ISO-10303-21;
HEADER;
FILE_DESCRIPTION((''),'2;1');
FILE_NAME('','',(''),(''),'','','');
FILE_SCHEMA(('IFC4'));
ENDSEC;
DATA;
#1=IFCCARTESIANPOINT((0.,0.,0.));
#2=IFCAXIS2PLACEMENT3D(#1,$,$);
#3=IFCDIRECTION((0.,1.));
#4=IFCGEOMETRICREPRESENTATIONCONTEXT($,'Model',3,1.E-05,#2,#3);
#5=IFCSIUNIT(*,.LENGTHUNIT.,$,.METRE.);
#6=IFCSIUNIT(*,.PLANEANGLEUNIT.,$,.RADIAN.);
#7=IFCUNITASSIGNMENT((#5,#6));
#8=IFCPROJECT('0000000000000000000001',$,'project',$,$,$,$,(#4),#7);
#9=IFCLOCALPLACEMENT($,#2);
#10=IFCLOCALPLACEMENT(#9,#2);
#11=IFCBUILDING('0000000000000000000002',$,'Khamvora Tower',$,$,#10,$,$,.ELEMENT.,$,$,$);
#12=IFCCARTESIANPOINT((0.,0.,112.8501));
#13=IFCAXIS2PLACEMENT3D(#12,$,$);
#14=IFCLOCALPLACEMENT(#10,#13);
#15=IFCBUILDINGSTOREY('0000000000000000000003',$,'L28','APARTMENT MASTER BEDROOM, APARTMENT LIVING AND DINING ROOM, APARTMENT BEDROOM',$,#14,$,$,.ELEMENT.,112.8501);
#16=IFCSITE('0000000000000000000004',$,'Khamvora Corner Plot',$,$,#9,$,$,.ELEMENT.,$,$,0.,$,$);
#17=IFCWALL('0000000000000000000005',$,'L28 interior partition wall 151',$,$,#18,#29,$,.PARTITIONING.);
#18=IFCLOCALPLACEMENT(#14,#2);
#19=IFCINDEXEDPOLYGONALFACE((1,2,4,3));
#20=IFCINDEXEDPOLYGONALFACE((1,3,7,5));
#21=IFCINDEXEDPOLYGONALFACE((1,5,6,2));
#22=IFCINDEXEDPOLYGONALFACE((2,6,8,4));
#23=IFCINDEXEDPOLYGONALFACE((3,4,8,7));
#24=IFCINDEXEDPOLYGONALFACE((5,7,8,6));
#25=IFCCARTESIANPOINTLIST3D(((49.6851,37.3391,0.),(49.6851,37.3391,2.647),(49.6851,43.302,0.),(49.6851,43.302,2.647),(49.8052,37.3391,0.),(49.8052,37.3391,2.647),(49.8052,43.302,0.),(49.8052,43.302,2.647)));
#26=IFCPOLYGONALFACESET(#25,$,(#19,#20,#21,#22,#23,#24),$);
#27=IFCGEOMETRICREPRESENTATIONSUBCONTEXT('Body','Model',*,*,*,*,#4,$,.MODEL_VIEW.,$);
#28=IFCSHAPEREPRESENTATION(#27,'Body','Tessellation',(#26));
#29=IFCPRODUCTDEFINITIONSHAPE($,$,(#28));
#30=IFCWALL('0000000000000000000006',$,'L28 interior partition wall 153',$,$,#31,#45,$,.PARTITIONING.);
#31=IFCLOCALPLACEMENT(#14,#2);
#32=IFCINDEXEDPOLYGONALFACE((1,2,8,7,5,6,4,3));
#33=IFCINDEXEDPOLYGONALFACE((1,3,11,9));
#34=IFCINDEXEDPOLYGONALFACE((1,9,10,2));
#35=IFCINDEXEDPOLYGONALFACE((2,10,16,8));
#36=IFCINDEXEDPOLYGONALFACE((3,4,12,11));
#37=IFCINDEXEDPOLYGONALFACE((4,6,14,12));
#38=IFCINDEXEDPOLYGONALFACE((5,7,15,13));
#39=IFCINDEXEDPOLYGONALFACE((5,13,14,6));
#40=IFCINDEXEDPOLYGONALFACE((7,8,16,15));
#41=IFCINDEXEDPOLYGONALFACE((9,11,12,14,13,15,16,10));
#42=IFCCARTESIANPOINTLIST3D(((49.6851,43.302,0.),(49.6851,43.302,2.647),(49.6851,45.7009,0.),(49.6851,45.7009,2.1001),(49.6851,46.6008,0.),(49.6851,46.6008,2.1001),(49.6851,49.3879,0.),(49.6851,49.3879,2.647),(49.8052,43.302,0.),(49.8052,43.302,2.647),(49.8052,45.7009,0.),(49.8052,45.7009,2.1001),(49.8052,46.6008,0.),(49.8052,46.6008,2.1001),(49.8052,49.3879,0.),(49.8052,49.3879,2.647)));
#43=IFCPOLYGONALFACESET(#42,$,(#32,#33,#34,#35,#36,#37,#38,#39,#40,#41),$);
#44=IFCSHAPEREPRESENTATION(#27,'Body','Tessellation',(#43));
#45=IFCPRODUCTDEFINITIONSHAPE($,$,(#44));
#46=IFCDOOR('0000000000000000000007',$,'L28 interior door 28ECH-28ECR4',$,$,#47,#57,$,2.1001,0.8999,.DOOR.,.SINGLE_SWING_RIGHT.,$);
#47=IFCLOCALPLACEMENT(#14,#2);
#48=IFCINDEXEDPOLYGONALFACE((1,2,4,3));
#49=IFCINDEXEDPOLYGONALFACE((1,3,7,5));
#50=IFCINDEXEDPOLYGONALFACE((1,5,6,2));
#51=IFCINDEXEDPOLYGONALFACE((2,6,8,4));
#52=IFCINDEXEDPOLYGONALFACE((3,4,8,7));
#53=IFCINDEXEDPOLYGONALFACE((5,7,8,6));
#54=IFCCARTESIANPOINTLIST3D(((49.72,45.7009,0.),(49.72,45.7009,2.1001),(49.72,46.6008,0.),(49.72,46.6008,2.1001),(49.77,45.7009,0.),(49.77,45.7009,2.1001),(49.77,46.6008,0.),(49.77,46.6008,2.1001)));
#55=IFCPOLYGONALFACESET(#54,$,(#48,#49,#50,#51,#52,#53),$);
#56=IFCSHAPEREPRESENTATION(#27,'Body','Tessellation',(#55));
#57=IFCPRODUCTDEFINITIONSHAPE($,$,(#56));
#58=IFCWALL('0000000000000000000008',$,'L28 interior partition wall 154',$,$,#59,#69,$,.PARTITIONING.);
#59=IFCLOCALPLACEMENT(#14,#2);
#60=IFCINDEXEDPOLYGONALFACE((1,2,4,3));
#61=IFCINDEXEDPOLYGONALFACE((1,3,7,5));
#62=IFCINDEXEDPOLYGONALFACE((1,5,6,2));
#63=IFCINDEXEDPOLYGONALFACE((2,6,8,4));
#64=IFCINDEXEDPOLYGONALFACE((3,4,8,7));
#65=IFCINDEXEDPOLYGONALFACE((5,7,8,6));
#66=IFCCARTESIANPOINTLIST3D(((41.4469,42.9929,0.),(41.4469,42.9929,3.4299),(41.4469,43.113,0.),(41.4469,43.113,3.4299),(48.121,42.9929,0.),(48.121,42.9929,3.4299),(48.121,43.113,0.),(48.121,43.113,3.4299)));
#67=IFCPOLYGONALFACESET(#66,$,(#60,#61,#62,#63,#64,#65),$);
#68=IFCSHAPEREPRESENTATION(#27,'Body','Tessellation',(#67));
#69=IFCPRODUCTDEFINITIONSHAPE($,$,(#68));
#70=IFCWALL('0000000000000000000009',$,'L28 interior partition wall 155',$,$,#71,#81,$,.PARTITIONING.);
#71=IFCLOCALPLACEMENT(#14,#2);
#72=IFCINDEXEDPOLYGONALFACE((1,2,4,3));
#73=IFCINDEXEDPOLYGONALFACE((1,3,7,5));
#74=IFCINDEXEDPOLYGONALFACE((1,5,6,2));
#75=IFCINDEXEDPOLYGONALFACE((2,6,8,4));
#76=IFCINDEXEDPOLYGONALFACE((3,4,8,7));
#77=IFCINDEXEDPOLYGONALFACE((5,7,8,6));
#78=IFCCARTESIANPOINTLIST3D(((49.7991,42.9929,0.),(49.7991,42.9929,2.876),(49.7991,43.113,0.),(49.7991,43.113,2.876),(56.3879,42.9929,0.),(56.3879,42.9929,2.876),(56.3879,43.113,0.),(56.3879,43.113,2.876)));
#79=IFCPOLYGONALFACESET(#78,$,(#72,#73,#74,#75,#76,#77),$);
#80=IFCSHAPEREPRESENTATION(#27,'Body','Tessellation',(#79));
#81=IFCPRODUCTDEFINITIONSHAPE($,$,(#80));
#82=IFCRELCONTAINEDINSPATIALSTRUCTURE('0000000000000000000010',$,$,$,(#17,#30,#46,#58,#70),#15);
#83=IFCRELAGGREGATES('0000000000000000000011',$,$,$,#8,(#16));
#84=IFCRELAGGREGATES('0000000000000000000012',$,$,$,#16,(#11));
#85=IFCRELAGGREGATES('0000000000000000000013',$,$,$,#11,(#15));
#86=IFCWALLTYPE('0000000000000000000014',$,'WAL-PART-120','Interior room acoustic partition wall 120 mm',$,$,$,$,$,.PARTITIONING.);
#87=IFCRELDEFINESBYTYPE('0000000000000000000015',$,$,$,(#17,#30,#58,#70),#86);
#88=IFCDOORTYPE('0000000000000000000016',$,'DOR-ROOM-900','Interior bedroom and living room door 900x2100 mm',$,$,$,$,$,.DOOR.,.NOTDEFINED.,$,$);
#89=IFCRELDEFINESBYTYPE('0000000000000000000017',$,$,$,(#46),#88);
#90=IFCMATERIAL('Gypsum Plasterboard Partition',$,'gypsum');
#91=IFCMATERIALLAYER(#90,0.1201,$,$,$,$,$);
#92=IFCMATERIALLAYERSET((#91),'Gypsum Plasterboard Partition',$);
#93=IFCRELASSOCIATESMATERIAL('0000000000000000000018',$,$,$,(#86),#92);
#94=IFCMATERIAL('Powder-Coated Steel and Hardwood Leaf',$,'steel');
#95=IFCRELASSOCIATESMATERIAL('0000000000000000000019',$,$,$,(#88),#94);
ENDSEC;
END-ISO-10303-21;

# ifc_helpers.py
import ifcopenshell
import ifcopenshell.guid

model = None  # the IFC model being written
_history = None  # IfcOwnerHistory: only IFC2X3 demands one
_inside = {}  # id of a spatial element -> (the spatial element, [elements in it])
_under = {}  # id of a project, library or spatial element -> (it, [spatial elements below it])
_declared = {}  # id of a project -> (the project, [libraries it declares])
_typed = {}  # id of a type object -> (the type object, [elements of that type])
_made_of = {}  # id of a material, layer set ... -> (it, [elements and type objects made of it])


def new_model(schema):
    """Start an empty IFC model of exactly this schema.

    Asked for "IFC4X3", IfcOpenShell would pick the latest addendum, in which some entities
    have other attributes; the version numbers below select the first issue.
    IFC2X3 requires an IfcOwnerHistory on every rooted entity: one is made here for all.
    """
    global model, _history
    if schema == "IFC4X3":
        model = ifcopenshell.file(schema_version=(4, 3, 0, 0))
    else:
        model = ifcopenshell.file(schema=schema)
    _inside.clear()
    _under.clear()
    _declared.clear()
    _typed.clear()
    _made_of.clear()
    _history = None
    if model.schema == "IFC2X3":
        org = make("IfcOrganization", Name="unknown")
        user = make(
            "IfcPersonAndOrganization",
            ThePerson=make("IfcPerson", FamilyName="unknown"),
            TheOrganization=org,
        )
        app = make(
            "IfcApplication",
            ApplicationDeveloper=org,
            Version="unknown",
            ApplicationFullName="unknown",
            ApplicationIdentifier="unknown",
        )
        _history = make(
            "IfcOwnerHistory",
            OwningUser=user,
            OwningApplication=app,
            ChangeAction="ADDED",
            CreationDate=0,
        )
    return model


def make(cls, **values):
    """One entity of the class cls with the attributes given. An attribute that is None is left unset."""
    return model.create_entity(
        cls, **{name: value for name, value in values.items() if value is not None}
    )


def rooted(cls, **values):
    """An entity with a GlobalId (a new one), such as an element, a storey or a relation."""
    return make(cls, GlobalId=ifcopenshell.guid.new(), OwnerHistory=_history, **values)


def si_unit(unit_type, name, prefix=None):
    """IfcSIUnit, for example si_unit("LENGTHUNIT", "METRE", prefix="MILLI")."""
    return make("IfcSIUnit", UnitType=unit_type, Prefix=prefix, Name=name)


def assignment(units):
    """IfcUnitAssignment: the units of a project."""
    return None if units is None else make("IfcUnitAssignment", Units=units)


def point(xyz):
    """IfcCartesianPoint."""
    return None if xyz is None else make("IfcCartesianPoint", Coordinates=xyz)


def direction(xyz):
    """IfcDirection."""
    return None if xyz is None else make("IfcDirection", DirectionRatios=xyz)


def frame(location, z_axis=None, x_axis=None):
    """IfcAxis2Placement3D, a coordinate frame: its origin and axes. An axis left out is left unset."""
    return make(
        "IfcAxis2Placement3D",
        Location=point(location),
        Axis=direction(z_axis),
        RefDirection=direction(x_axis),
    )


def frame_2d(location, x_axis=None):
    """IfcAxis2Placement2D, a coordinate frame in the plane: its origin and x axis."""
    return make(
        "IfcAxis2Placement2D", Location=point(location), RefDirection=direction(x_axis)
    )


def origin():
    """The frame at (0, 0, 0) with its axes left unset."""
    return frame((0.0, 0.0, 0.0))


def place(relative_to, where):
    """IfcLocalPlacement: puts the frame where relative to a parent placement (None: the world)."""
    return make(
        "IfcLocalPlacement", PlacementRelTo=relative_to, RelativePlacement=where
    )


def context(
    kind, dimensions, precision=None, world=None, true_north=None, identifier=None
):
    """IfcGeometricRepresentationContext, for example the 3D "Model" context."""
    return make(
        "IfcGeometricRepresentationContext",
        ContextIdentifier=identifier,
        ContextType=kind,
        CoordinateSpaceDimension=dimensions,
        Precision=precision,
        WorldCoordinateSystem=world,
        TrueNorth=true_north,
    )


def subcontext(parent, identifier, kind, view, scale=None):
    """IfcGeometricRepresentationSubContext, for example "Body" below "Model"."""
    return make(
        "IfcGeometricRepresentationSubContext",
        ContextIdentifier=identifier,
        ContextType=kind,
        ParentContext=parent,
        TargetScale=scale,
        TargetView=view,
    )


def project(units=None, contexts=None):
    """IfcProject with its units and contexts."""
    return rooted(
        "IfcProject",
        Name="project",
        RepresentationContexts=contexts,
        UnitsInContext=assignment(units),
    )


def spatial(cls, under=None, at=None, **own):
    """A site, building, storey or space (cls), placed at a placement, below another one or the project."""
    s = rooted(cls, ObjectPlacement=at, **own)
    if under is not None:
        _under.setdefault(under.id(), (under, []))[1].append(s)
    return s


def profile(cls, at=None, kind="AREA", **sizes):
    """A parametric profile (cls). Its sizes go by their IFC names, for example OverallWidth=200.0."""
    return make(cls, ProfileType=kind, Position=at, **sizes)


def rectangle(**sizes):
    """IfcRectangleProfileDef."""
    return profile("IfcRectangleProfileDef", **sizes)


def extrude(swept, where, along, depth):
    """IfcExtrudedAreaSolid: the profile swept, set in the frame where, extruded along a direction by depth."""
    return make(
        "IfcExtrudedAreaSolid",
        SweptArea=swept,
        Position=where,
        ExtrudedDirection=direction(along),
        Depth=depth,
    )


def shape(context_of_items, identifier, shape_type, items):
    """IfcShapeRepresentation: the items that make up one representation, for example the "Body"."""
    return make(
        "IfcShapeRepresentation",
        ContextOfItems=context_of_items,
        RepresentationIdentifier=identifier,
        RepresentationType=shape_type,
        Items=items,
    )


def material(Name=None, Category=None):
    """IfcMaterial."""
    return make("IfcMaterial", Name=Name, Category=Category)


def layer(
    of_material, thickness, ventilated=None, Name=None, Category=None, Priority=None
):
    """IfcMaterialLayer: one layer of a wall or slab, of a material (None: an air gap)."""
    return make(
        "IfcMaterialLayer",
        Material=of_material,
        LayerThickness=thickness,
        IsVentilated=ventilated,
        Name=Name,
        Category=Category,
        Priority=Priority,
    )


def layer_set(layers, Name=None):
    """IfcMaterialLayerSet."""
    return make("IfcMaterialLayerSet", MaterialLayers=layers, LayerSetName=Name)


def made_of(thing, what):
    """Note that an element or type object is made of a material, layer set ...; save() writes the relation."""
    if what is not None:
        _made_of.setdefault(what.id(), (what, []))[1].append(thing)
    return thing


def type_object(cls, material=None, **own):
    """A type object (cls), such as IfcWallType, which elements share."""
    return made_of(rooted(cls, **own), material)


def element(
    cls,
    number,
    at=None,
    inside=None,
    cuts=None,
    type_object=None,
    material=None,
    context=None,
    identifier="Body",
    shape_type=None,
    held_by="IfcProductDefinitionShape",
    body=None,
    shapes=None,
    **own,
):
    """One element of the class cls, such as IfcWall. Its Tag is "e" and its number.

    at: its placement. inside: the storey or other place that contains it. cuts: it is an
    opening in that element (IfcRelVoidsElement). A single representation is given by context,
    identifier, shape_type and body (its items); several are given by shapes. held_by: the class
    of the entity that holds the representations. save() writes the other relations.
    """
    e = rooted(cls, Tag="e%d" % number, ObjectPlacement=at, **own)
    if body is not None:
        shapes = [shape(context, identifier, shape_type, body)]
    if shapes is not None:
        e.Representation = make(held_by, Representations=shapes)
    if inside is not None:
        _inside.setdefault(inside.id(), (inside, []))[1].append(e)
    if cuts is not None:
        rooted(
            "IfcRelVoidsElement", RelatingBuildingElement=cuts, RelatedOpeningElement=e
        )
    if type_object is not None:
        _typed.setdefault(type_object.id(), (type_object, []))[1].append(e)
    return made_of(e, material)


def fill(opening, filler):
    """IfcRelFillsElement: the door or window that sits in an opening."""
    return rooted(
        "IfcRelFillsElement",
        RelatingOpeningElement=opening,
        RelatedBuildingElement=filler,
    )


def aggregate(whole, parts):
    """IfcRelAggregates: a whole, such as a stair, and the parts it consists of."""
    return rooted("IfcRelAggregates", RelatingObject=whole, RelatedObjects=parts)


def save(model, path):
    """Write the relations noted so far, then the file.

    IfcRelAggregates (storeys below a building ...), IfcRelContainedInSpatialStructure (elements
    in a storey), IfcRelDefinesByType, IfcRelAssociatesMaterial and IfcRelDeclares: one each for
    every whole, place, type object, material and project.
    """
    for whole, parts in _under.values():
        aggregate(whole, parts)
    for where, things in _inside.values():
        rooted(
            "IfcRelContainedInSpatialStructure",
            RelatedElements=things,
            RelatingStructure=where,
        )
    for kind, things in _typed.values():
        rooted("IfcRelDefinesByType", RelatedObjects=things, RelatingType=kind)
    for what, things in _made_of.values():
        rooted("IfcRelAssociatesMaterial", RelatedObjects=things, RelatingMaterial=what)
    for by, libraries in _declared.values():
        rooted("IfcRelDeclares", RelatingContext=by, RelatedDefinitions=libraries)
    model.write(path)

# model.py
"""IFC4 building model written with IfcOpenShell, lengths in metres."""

from ifc_helpers import new_model, si_unit, direction, frame, frame_2d, origin, place, context, subcontext, project, spatial, rectangle, extrude, material, layer, layer_set, type_object, element, fill, save


model = new_model("IFC4")

# Units and contexts
model_context = context("Model", 3, precision=1e-05, world=origin(), true_north=direction((0.0, 1.0)))
body_context = subcontext(model_context, "Body", "Model", "MODEL_VIEW")
ifc_project = project(units=[si_unit("LENGTHUNIT", "METRE"), si_unit("PLANEANGLEUNIT", "RADIAN")], contexts=[model_context])

# Site, building, storey
site_placement = place(None, origin())
site = spatial("IfcSite", under=ifc_project, at=site_placement, Name="Khamvora Corner Plot", CompositionType="ELEMENT", RefElevation=0.0)
building_placement = place(site_placement, origin())
building = spatial("IfcBuilding", under=site, at=building_placement, Name="Khamvora Tower", CompositionType="ELEMENT")
storey_placement = place(building_placement, frame((0.0, 0.0, 112.8501)))
storey = spatial("IfcBuildingStorey", under=building, at=storey_placement, Name="L28", Description="APARTMENT MASTER BEDROOM, APARTMENT LIVING AND DINING ROOM, APARTMENT BEDROOM", CompositionType="ELEMENT", Elevation=112.8501)

# Shared definitions
ifc_material_1 = material(Name="Gypsum Plasterboard Partition", Category="gypsum")
ifc_layer_1 = layer(ifc_material_1, 0.1201)
ifc_layer_set_1 = layer_set([ifc_layer_1], Name="Gypsum Plasterboard Partition")
wall_type_1 = type_object("IfcWallType", Name="WAL-PART-120", Description="Interior room acoustic partition wall 120 mm", PredefinedType="PARTITIONING", material=ifc_layer_set_1)
ifc_material_2 = material(Name="Powder-Coated Steel and Hardwood Leaf", Category="steel")
door_type_1 = type_object("IfcDoorType", Name="DOR-ROOM-900", Description="Interior bedroom and living room door 900x2100 mm", OperationType="NOTDEFINED", PredefinedType="DOOR", material=ifc_material_2)

# Wall
wall_1_placement = place(storey_placement, frame((49.7451, 43.302, 0.0), z_axis=(0.0, 0.0, 1.0), x_axis=(0.0, -1.0, 0.0)))
element("IfcWall", 1, at=wall_1_placement, inside=storey, type_object=wall_type_1, Name="L28 interior partition wall 151", PredefinedType="PARTITIONING", context=body_context, shape_type="SweptSolid", body=[
    extrude(rectangle(XDim=5.9629, YDim=0.1201, at=frame_2d((2.9814, 0.0))), origin(), (0.0, 0.0, 1.0), 2.647),
])

# Wall, opening, door
wall_2_placement = place(storey_placement, frame((49.7451, 49.3879, 0.0), z_axis=(0.0, 0.0, 1.0), x_axis=(0.0, -1.0, 0.0)))
wall_2 = element("IfcWall", 2, at=wall_2_placement, inside=storey, type_object=wall_type_1, Name="L28 interior partition wall 153", PredefinedType="PARTITIONING", context=body_context, shape_type="SweptSolid", body=[
    extrude(rectangle(XDim=6.0859, YDim=0.1201, at=frame_2d((3.043, 0.0))), origin(), (0.0, 0.0, 1.0), 2.647),
])
opening_1_placement = place(wall_2_placement, frame((2.7871, 0.0, 0.0)))
opening_1 = element("IfcOpeningElement", 3, at=opening_1_placement, cuts=wall_2, PredefinedType="OPENING", context=body_context, shape_type="SweptSolid", body=[
    extrude(rectangle(XDim=0.8999, YDim=2.1001, at=frame_2d((0.45, 1.05))), frame((0.0, 0.0701, 0.0), z_axis=(0.0, -1.0, 0.0), x_axis=(1.0, 0.0, 0.0)), (0.0, 0.0, 1.0), 0.1401),
])
door_1_placement = place(opening_1_placement, origin())
door_1 = element("IfcDoor", 4, at=door_1_placement, inside=storey, type_object=door_type_1, Name="L28 interior door 28ECH-28ECR4", OperationType="SINGLE_SWING_RIGHT", OverallHeight=2.1001, OverallWidth=0.8999, PredefinedType="DOOR", context=body_context, shape_type="SweptSolid", body=[
    extrude(rectangle(XDim=0.8999, YDim=2.1001, at=frame_2d((0.45, 1.05))), frame((0.0, 0.0249, 0.0), z_axis=(0.0, -1.0, 0.0), x_axis=(1.0, 0.0, 0.0)), (0.0, 0.0, 1.0), 0.05),
])
fill(opening_1, door_1)

# Walls
wall_3_placement = place(storey_placement, frame((41.447, 43.053, 0.0), z_axis=(0.0, 0.0, 1.0), x_axis=(1.0, 0.0, 0.0)))
element("IfcWall", 5, at=wall_3_placement, inside=storey, type_object=wall_type_1, Name="L28 interior partition wall 154", PredefinedType="PARTITIONING", context=body_context, shape_type="SweptSolid", body=[
    extrude(rectangle(XDim=6.6741, YDim=0.1201, at=frame_2d((3.3369, 0.0))), origin(), (0.0, 0.0, 1.0), 3.4299),
])
wall_4_placement = place(storey_placement, frame((49.7991, 43.053, 0.0), z_axis=(0.0, 0.0, 1.0), x_axis=(1.0, 0.0, 0.0)))
element("IfcWall", 6, at=wall_4_placement, inside=storey, type_object=wall_type_1, Name="L28 interior partition wall 155", PredefinedType="PARTITIONING", context=body_context, shape_type="SweptSolid", body=[
    extrude(rectangle(XDim=6.5889, YDim=0.1201, at=frame_2d((3.2944, 0.0))), origin(), (0.0, 0.0, 1.0), 2.876),
])

save(model, "model.ifc")
